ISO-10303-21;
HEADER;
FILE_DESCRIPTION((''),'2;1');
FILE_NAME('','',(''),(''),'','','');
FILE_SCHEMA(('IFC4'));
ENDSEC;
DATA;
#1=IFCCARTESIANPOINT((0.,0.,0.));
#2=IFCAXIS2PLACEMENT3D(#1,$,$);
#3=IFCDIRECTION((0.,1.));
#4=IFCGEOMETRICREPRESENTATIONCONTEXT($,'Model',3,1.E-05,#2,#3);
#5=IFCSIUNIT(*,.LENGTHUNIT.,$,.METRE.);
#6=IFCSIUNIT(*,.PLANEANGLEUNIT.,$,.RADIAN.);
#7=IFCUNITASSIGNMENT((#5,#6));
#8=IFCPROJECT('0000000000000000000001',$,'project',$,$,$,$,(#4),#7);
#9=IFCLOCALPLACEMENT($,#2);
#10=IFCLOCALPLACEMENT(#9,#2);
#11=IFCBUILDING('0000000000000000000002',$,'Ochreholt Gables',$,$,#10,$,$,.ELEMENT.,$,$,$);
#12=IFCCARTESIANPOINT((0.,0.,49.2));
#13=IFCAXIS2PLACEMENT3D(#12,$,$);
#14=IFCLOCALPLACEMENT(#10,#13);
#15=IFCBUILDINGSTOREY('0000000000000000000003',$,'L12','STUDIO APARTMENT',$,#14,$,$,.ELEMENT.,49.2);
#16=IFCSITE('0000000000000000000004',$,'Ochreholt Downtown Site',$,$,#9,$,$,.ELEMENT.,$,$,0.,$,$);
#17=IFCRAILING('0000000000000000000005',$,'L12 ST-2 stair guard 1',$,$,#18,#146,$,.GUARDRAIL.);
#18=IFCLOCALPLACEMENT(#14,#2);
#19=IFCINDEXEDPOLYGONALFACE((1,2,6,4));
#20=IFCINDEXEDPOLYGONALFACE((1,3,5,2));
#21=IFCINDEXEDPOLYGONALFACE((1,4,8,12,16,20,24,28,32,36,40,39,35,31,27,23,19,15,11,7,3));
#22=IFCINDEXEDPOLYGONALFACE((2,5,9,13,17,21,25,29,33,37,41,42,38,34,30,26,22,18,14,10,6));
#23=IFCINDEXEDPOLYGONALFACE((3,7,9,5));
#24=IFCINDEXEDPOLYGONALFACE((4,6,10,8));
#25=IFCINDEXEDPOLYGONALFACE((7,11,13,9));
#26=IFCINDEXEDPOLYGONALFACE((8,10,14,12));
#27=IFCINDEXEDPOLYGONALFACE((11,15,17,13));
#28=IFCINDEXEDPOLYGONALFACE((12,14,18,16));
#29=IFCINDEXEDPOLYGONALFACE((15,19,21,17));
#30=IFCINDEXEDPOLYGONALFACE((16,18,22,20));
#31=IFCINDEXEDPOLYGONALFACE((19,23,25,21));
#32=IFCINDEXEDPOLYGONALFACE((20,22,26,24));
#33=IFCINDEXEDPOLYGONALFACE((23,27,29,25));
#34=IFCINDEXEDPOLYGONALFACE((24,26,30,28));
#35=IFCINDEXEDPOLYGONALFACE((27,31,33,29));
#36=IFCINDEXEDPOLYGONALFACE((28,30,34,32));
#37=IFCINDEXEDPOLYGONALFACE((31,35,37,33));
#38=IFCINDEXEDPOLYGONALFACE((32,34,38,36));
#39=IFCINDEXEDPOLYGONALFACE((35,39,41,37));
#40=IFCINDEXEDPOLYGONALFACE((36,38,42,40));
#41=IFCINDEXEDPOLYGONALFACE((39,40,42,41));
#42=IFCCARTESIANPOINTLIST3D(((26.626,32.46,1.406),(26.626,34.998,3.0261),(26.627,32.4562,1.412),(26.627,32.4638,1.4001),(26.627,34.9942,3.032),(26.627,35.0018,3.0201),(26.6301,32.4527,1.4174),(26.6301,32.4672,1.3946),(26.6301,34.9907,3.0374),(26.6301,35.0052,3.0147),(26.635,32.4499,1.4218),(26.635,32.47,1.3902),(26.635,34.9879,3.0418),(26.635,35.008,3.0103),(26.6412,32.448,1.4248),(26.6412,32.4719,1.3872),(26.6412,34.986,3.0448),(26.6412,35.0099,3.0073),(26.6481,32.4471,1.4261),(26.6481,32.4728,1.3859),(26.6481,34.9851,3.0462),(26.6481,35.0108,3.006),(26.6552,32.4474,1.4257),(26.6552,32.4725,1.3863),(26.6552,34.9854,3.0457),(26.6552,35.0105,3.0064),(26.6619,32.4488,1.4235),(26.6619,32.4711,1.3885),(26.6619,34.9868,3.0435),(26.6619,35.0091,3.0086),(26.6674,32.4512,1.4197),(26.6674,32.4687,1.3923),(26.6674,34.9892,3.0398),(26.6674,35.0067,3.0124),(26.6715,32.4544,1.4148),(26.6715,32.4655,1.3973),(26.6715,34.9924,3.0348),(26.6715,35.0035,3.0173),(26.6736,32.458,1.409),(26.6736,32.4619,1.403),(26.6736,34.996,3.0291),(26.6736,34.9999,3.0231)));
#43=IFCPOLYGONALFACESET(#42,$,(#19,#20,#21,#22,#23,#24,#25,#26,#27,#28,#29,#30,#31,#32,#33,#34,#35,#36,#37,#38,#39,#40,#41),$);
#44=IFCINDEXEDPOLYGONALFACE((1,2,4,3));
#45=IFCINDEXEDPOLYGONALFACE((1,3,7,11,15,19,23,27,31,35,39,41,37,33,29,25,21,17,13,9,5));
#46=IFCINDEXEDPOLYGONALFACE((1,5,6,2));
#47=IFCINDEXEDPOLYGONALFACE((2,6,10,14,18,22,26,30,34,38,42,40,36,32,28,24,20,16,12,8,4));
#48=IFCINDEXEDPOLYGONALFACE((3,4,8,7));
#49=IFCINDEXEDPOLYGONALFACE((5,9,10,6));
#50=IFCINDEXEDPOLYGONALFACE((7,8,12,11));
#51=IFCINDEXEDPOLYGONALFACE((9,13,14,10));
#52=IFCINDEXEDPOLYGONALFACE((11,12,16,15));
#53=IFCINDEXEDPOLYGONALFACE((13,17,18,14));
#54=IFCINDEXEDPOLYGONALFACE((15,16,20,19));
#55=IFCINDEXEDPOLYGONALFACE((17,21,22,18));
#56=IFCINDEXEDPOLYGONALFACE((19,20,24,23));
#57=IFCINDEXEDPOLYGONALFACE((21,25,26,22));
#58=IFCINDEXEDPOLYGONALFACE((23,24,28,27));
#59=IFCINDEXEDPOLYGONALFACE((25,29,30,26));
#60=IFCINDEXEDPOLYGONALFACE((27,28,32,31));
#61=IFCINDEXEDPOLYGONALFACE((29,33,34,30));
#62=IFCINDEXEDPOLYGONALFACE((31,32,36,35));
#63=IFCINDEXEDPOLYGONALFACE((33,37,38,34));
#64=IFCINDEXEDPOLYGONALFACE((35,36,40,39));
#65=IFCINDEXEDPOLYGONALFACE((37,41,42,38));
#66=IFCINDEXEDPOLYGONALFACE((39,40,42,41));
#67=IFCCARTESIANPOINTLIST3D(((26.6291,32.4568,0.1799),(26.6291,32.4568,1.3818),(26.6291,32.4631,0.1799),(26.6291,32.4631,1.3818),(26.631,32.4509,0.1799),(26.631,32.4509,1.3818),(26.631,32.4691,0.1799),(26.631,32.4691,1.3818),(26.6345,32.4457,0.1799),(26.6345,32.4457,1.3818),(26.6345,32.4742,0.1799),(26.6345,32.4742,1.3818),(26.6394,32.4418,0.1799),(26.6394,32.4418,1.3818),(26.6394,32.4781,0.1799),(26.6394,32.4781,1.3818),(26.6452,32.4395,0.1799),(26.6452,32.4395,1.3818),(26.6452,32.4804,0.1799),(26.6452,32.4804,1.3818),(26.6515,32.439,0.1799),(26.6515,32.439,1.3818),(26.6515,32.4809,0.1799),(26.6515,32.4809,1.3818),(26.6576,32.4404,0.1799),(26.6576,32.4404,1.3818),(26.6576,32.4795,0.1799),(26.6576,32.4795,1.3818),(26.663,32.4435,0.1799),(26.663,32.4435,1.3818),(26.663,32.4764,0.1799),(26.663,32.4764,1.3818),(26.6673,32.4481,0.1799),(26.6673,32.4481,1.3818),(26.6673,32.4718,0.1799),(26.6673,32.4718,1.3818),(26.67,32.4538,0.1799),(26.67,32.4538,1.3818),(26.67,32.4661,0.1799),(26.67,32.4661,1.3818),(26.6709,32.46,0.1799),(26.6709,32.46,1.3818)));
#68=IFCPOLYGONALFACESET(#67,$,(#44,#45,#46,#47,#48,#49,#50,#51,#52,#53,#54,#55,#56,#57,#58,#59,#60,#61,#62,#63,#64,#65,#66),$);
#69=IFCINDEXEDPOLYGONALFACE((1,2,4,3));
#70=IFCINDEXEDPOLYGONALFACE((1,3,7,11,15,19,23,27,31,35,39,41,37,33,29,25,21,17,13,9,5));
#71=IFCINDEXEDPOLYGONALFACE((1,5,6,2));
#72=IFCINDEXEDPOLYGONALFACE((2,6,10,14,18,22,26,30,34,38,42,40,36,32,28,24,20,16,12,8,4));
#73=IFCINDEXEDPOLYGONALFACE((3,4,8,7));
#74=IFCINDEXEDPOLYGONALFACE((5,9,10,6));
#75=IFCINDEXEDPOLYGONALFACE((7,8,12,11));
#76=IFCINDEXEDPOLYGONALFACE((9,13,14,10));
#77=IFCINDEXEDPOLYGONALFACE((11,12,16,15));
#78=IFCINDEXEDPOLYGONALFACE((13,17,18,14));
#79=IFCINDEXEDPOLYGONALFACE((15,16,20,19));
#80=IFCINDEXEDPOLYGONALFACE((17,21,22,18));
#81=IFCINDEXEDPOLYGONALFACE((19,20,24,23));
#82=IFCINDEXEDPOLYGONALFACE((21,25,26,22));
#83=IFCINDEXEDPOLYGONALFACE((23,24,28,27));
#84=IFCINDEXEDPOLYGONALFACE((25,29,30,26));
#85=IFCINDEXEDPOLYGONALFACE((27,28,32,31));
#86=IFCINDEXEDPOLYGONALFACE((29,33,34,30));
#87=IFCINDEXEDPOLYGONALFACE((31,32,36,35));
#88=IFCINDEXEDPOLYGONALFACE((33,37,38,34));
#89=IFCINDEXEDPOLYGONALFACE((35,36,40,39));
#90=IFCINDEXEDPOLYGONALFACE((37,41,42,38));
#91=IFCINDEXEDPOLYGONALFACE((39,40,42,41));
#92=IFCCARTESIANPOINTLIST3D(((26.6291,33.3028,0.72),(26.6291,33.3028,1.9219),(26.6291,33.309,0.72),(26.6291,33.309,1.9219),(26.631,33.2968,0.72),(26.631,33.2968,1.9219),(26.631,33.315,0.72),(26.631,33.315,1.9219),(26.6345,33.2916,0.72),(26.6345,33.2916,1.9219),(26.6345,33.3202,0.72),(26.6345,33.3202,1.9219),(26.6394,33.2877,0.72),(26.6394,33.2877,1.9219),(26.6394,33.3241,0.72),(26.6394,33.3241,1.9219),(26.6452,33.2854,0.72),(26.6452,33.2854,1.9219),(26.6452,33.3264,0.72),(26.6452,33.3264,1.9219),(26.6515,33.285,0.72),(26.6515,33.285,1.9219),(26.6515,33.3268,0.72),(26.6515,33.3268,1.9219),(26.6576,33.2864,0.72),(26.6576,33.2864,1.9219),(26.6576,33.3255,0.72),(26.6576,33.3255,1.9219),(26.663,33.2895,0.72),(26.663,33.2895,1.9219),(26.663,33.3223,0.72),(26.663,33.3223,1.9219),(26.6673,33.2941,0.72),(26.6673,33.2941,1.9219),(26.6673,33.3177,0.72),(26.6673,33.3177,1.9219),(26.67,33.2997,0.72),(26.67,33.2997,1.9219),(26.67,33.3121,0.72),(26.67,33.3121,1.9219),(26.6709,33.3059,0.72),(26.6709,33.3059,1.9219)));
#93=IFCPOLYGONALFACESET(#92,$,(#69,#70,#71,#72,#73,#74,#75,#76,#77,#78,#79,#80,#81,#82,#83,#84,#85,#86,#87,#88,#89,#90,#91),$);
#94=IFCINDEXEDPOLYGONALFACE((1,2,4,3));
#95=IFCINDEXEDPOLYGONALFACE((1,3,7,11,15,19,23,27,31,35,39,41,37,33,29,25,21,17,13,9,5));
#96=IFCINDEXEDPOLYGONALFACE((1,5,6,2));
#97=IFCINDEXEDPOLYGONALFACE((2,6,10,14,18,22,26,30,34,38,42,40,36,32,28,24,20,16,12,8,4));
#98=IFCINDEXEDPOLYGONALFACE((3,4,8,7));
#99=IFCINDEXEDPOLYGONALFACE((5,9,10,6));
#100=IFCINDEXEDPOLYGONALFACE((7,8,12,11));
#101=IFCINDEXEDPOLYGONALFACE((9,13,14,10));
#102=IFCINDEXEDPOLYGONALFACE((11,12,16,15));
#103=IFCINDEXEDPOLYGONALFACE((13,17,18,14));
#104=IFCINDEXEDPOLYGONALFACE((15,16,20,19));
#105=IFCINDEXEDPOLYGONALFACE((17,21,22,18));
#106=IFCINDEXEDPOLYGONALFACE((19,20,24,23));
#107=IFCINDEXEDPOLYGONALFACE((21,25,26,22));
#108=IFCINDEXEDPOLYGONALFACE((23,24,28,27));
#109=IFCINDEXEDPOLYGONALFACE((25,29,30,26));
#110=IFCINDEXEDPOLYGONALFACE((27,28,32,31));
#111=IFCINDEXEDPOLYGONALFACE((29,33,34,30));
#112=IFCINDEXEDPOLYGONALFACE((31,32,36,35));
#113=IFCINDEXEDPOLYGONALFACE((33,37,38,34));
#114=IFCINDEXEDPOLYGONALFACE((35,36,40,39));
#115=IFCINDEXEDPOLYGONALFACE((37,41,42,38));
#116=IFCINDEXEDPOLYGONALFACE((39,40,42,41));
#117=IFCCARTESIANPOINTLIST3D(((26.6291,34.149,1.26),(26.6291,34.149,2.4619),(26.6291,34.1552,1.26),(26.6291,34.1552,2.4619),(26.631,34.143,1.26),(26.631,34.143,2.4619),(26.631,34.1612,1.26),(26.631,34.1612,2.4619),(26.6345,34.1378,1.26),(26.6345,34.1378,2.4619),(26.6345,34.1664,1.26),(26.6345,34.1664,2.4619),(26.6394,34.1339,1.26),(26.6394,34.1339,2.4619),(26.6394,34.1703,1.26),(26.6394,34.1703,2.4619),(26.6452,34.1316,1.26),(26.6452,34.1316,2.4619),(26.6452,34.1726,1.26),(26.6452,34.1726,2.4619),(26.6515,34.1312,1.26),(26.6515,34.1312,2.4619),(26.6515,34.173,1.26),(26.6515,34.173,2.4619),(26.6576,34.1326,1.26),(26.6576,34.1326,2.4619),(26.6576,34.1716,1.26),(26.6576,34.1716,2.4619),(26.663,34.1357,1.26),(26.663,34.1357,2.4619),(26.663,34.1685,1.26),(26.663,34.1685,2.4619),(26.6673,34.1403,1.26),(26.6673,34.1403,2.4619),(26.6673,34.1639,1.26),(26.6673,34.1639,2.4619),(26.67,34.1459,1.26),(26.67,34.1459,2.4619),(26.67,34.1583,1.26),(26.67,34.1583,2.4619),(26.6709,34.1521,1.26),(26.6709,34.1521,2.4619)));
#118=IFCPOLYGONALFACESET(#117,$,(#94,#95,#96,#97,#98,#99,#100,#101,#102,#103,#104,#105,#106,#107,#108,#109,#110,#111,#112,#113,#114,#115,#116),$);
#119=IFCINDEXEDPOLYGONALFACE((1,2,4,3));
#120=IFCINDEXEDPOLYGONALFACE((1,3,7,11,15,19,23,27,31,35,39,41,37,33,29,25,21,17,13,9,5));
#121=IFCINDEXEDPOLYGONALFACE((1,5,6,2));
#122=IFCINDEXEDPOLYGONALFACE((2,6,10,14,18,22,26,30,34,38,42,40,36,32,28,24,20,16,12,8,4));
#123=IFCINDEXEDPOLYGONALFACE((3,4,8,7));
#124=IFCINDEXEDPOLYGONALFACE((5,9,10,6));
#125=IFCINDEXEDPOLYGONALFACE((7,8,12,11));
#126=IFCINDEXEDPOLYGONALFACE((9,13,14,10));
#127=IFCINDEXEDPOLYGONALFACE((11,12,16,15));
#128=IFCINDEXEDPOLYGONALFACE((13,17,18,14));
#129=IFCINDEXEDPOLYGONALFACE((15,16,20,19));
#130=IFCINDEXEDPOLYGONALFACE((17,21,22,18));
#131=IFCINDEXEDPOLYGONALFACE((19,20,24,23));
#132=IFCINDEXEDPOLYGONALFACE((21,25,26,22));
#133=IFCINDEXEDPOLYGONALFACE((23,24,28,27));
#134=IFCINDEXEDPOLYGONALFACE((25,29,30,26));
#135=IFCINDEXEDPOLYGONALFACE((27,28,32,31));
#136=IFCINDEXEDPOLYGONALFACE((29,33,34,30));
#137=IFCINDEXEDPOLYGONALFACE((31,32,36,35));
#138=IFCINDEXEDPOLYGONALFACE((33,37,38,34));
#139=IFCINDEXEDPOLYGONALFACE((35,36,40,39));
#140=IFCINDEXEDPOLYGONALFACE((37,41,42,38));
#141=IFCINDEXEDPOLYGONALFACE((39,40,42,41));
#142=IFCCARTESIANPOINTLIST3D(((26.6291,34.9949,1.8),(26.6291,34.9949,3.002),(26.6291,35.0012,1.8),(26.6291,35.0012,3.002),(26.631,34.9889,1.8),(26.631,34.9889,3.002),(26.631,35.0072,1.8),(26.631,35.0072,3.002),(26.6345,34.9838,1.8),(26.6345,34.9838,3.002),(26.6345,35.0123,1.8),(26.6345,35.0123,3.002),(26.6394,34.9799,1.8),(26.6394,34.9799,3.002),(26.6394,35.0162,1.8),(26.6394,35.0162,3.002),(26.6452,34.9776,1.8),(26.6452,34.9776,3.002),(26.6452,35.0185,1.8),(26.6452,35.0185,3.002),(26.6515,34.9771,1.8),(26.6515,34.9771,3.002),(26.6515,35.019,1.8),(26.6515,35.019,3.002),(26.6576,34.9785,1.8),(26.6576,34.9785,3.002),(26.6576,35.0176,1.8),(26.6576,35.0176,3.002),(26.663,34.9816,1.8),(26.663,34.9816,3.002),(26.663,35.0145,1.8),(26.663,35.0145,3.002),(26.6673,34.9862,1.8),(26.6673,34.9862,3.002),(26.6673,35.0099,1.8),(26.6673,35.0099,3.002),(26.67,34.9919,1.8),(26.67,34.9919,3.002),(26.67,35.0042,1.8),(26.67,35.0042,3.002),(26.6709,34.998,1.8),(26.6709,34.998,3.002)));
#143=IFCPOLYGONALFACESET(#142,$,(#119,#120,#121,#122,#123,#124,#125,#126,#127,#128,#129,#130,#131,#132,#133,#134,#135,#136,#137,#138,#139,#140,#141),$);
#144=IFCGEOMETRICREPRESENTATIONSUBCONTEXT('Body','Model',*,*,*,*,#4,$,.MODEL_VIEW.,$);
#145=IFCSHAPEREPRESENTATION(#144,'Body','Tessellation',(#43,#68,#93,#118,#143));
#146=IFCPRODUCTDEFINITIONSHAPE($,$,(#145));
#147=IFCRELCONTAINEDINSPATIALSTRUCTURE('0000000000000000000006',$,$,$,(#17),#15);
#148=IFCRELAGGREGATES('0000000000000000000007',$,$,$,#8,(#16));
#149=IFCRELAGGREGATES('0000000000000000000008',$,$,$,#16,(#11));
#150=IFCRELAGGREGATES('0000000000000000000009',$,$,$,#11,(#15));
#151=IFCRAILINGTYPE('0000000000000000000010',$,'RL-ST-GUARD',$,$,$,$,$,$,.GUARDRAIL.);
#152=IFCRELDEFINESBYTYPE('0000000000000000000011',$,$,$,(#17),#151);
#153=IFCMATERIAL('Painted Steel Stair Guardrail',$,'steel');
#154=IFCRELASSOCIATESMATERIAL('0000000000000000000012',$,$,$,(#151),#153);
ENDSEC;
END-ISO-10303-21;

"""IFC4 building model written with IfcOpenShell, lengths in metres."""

from ifc_helpers import new_model, si_unit, direction, frame, origin, origin_2d, place, context, subcontext, project, spatial, circle, extrude, material, type_object, element, save


model = new_model("IFC4")

# Units and contexts
model_context = context("Model", 3, precision=1e-05, world=origin(), true_north=direction((0.0, 1.0)))
body_context = subcontext(model_context, "Body", "Model", "MODEL_VIEW")
ifc_project = project(units=[si_unit("LENGTHUNIT", "METRE"), si_unit("PLANEANGLEUNIT", "RADIAN")], contexts=[model_context])

# Site, building, storey
site_placement = place(None, origin())
site = spatial("IfcSite", under=ifc_project, at=site_placement, Name="Ochreholt Downtown Site", CompositionType="ELEMENT", RefElevation=0.0)
building_placement = place(site_placement, origin())
building = spatial("IfcBuilding", under=site, at=building_placement, Name="Ochreholt Gables", CompositionType="ELEMENT")
storey_placement = place(building_placement, frame((0.0, 0.0, 49.2)))
storey = spatial("IfcBuildingStorey", under=building, at=storey_placement, Name="L12", Description="STUDIO APARTMENT", CompositionType="ELEMENT", Elevation=49.2)

# Railing
ifc_material_1 = material(Name="Painted Steel Stair Guardrail", Category="steel")
railing_type_1 = type_object("IfcRailingType", Name="RL-ST-GUARD", PredefinedType="GUARDRAIL", material=ifc_material_1)
railing_1_placement = place(storey_placement, frame((26.6499, 32.46, 0.1799)))
element("IfcRailing", 1, at=railing_1_placement, inside=storey, type_object=railing_type_1, Name="L12 ST-2 stair guard 1", PredefinedType="GUARDRAIL", context=body_context, shape_type="SweptSolid", body=[
    extrude(circle(Radius=0.0239, at=origin_2d()), frame((0.0, 0.0, 1.2261), z_axis=(0.0, 0.842913, 0.53805), x_axis=(-1.0, 0.0, 0.0)), (0.0, 0.0, 1.0), 3.011),
    extrude(circle(Radius=0.021, at=origin_2d()), origin(), (0.0, 0.0, 1.0), 1.2019),
    extrude(circle(Radius=0.021, at=origin_2d()), frame((0.0, 0.8459, 0.54)), (0.0, 0.0, 1.0), 1.2019),
    extrude(circle(Radius=0.021, at=origin_2d()), frame((0.0, 1.6921, 1.0801)), (0.0, 0.0, 1.0), 1.2019),
    extrude(circle(Radius=0.021, at=origin_2d()), frame((0.0, 2.5381, 1.6201)), (0.0, 0.0, 1.0), 1.2019),
])

save(model, "model.ifc")
